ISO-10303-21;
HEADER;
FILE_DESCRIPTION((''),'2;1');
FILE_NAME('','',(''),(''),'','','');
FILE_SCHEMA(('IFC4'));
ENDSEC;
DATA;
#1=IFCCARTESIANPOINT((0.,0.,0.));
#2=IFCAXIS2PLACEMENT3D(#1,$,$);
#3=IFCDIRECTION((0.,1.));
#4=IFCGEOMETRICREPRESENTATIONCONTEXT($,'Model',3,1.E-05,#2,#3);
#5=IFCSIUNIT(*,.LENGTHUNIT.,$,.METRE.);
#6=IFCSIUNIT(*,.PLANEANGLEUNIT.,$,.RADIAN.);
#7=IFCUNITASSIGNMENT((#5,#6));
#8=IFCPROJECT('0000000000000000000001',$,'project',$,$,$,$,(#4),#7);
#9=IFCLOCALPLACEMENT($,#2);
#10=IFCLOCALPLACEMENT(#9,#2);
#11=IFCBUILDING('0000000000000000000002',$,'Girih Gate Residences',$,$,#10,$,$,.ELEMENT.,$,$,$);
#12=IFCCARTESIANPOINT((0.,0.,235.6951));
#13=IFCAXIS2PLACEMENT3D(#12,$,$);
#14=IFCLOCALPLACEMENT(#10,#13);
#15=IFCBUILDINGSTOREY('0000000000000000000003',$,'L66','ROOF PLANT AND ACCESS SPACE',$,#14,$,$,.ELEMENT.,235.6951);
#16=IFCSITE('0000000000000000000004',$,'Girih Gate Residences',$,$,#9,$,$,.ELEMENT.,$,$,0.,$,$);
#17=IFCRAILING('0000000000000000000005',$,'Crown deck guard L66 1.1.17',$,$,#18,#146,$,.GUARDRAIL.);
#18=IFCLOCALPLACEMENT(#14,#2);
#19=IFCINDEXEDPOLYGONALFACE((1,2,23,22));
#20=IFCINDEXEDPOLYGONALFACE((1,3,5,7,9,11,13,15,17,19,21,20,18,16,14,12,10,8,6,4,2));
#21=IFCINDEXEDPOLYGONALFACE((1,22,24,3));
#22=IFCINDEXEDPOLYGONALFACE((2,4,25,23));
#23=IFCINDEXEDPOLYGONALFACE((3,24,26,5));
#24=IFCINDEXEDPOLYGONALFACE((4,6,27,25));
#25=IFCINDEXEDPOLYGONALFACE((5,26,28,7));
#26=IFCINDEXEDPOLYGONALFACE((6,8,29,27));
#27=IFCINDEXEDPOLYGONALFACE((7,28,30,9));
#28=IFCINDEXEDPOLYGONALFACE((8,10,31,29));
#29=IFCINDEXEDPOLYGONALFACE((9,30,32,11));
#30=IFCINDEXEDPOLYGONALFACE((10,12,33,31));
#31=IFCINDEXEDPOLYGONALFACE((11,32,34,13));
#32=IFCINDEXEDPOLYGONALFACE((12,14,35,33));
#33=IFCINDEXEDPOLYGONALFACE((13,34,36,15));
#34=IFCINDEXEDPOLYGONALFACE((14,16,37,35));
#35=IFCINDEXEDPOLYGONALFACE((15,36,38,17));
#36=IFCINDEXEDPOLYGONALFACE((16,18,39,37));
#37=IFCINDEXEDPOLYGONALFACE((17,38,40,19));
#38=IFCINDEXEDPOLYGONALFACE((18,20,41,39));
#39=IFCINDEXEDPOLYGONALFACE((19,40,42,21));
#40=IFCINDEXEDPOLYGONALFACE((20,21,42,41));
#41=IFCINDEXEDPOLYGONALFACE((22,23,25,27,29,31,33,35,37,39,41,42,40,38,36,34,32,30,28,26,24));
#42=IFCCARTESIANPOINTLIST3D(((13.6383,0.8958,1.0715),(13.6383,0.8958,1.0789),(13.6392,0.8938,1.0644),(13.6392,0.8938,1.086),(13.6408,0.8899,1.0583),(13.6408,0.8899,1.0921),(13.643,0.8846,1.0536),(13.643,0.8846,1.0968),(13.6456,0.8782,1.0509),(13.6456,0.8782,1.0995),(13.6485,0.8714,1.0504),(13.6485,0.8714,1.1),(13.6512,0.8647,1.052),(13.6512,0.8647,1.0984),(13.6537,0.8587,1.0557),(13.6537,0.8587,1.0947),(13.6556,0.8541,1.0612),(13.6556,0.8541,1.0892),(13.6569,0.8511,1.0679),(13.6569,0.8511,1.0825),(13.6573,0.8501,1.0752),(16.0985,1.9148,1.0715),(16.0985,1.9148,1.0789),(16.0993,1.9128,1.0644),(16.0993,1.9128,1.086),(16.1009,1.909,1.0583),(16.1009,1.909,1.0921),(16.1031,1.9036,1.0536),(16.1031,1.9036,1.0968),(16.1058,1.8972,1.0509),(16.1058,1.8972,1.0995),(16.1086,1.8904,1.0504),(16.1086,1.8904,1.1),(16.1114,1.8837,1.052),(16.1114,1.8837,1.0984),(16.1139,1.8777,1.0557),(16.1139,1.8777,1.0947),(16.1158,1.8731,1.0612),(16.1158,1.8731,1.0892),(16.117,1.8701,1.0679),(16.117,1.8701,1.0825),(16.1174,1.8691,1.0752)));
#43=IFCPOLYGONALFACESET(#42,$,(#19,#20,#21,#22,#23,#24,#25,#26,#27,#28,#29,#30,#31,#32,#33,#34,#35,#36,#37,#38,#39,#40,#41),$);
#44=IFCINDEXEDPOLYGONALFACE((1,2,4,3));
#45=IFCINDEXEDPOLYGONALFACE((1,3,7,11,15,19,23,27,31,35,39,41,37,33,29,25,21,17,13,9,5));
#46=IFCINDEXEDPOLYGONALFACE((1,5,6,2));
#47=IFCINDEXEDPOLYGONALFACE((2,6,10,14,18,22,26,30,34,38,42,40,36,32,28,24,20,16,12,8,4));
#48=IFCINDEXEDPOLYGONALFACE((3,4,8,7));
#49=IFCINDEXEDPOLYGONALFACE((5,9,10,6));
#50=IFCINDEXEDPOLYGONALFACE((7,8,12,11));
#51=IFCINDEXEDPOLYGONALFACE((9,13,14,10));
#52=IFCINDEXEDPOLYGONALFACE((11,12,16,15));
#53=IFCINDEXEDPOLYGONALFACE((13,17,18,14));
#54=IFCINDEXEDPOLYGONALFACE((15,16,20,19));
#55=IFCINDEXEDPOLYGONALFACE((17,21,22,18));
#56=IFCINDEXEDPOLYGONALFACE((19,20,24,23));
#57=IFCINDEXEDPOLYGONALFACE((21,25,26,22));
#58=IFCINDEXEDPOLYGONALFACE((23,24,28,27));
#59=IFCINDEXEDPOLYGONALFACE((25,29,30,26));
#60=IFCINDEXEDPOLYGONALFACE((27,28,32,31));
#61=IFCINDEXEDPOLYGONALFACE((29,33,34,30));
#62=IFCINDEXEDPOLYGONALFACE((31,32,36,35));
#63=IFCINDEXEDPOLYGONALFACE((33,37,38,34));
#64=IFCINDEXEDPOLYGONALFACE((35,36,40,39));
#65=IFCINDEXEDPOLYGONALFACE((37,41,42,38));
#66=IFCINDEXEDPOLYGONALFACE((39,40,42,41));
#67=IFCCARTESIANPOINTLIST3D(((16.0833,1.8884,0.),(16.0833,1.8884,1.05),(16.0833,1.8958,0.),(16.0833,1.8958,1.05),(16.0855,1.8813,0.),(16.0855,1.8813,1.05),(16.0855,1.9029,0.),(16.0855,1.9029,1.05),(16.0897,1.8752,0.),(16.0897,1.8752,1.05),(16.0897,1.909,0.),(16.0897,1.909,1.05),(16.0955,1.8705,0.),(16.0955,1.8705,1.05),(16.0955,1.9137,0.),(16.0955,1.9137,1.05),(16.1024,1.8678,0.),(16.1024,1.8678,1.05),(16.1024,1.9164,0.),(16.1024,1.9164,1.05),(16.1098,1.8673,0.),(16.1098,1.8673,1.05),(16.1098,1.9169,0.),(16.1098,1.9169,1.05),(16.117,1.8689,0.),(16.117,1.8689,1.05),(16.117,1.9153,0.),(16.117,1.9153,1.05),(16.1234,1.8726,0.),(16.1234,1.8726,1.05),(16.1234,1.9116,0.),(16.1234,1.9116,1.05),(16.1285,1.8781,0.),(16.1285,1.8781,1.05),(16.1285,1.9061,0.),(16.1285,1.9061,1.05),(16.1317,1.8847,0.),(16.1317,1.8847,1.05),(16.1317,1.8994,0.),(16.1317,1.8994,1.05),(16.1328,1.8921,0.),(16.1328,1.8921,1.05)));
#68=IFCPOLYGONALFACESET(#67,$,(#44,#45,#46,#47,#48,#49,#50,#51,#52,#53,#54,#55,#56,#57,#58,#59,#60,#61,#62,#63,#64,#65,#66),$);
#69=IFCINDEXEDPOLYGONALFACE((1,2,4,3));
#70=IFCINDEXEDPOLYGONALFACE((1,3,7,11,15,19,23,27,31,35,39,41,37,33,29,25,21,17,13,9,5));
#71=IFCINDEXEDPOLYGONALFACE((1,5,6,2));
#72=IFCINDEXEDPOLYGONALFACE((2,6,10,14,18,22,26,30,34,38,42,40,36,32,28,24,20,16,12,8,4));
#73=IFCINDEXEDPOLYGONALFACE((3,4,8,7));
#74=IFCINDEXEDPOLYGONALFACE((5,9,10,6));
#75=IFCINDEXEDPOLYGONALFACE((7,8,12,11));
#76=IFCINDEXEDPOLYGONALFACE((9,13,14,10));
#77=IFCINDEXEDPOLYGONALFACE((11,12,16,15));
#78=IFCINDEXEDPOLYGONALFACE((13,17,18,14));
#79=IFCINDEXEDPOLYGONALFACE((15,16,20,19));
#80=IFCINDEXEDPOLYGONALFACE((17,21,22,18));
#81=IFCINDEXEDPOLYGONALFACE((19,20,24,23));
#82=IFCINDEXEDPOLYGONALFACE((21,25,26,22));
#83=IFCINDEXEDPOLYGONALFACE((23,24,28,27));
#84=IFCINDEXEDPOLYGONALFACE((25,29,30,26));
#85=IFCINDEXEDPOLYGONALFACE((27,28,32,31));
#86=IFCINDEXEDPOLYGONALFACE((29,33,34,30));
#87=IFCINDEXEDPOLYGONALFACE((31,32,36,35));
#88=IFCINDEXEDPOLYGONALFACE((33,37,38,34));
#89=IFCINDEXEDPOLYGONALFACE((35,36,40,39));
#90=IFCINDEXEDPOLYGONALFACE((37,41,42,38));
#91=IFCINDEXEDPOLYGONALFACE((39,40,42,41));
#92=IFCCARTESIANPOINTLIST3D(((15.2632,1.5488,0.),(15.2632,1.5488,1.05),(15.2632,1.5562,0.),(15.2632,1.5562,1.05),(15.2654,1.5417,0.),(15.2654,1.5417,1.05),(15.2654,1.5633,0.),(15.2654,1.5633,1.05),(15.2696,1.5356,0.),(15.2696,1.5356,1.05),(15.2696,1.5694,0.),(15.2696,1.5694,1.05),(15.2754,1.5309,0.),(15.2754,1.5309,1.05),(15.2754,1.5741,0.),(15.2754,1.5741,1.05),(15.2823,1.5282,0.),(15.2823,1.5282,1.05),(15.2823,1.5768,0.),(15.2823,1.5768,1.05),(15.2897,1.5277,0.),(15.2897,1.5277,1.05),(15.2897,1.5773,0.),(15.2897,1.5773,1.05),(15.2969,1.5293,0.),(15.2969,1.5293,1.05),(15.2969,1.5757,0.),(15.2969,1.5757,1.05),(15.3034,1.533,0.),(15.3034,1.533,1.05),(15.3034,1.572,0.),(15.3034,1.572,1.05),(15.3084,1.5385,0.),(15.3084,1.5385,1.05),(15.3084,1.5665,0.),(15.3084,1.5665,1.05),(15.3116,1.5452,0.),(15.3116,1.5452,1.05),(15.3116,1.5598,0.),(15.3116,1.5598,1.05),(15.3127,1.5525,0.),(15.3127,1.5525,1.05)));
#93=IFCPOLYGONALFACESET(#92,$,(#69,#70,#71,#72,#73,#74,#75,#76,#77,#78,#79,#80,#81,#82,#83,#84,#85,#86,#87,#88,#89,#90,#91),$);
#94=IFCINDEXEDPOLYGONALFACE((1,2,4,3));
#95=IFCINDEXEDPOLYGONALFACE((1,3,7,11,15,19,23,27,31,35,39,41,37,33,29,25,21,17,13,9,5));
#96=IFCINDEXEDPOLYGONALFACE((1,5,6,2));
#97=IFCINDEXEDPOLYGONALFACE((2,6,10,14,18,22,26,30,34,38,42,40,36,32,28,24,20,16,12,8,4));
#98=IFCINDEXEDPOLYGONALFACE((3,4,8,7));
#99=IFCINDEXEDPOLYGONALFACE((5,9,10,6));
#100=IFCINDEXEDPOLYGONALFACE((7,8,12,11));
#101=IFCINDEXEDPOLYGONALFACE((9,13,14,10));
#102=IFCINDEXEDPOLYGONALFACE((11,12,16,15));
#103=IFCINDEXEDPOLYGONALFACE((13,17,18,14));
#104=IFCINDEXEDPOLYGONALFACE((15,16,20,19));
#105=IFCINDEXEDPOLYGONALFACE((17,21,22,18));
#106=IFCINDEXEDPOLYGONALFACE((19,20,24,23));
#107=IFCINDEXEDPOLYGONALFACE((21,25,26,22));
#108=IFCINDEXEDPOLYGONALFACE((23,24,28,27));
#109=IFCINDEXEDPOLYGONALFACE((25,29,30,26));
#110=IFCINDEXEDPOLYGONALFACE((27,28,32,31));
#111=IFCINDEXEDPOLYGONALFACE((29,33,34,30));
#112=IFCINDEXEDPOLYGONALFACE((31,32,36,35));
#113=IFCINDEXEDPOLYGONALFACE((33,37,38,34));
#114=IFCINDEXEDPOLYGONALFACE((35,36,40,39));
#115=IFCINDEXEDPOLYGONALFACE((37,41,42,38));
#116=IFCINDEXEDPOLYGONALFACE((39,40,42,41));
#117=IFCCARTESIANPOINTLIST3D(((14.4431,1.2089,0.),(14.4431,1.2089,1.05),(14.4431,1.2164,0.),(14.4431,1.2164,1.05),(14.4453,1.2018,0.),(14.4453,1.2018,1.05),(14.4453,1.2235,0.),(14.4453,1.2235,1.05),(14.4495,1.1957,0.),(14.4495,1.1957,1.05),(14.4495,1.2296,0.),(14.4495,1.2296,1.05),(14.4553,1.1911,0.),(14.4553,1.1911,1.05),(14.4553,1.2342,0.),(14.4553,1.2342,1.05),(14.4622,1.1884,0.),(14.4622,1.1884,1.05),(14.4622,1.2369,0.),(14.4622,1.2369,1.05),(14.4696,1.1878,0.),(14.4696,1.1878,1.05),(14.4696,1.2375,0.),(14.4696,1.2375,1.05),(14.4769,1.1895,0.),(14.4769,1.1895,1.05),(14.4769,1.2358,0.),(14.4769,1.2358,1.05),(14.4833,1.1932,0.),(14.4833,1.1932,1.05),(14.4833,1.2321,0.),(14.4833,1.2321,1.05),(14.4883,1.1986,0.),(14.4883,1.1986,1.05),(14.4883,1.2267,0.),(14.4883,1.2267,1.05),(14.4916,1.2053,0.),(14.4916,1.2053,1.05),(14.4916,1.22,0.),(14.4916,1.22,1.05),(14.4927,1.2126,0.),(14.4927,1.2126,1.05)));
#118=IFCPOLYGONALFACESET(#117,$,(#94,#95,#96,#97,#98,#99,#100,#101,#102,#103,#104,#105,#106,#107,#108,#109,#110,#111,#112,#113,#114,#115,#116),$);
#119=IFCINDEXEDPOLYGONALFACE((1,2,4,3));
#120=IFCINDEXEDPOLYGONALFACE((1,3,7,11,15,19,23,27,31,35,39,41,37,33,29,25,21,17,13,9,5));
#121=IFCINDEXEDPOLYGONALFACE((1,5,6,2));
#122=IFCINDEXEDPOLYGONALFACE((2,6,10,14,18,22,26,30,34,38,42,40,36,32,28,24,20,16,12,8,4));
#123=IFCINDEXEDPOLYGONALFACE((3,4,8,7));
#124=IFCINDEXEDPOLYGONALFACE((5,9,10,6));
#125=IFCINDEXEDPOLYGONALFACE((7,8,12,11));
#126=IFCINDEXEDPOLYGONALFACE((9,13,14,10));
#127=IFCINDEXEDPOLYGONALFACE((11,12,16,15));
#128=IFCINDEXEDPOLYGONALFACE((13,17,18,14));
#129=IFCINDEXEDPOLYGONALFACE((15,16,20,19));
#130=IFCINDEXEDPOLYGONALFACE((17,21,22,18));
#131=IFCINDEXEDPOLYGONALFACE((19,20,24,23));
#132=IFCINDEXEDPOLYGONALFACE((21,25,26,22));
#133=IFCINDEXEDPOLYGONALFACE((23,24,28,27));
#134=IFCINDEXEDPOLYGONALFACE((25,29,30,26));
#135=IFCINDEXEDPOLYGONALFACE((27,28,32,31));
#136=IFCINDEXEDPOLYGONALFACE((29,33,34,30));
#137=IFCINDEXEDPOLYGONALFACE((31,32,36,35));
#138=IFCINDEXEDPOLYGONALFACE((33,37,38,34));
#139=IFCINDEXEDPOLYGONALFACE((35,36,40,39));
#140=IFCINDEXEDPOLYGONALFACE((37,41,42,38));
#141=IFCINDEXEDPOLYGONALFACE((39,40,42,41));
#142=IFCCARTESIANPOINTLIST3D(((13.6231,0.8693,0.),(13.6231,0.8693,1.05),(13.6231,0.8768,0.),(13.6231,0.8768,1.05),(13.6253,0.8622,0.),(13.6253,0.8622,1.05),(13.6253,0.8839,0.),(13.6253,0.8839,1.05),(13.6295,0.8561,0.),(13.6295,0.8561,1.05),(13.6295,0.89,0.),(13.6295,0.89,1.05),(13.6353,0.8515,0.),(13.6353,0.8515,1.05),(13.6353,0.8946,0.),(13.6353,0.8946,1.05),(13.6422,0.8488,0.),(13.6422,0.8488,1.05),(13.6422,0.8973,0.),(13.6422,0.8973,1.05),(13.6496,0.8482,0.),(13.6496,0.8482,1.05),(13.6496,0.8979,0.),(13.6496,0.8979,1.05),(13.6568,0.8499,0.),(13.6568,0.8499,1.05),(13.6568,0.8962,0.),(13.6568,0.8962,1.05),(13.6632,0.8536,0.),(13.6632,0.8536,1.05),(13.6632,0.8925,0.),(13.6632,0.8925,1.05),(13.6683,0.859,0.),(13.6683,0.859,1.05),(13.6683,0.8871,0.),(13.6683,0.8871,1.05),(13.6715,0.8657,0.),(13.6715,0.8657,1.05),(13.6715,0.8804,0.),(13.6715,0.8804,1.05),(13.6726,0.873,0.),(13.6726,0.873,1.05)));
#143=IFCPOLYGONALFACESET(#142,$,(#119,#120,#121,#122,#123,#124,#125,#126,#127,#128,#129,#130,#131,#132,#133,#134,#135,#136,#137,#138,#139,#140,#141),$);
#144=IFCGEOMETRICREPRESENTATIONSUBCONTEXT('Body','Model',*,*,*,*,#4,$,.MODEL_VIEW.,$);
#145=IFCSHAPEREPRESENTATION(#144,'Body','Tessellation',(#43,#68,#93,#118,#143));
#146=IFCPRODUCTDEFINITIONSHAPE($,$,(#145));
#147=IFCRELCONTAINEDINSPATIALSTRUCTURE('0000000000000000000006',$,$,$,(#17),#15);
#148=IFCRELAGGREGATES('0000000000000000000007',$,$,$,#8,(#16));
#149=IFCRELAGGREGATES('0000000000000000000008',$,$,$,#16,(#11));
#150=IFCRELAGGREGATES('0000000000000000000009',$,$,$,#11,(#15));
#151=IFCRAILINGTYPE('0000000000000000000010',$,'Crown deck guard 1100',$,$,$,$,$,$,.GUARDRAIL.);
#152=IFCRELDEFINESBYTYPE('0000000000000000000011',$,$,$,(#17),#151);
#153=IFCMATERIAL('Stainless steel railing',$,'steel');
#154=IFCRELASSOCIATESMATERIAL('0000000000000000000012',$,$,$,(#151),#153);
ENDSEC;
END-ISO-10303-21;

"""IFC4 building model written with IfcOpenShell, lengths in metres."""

from ifc_helpers import new_model, si_unit, direction, frame, origin, origin_2d, place, context, subcontext, project, spatial, circle, extrude, material, type_object, element, save


model = new_model("IFC4")

# Units and contexts
model_context = context("Model", 3, precision=1e-05, world=origin(), true_north=direction((0.0, 1.0)))
body_context = subcontext(model_context, "Body", "Model", "MODEL_VIEW")
ifc_project = project(units=[si_unit("LENGTHUNIT", "METRE"), si_unit("PLANEANGLEUNIT", "RADIAN")], contexts=[model_context])

# Site, building, storey
site_placement = place(None, origin())
site = spatial("IfcSite", under=ifc_project, at=site_placement, Name="Girih Gate Residences", CompositionType="ELEMENT", RefElevation=0.0)
building_placement = place(site_placement, origin())
building = spatial("IfcBuilding", under=site, at=building_placement, Name="Girih Gate Residences", CompositionType="ELEMENT")
storey_placement = place(building_placement, frame((0.0, 0.0, 235.6951)))
storey = spatial("IfcBuildingStorey", under=building, at=storey_placement, Name="L66", Description="ROOF PLANT AND ACCESS SPACE", CompositionType="ELEMENT", Elevation=235.6951)

# Railing
ifc_material_1 = material(Name="Stainless steel railing", Category="steel")
railing_type = type_object("IfcRailingType", Name="Crown deck guard 1100", PredefinedType="GUARDRAIL", material=ifc_material_1)
railing_1_placement = place(storey_placement, frame((16.1079, 1.8921, 0.0)))
element("IfcRailing", 1, at=railing_1_placement, inside=storey, type_object=railing_type, Name="Crown deck guard L66 1.1.17", PredefinedType="GUARDRAIL", context=body_context, shape_type="SweptSolid", body=[
    extrude(circle(Radius=0.0249, at=origin_2d()), frame((0.0, 0.0, 1.0752), z_axis=(-0.923881, -0.382681, 0.0), x_axis=(0.382681, -0.923881, 0.0)), (0.0, 0.0, 1.0), 2.6628),
    extrude(circle(Radius=0.0249, at=origin_2d()), origin(), (0.0, 0.0, 1.0), 1.05),
    extrude(circle(Radius=0.0249, at=origin_2d()), frame((-0.8201, -0.3396, 0.0)), (0.0, 0.0, 1.0), 1.05),
    extrude(circle(Radius=0.0249, at=origin_2d()), frame((-1.6401, -0.6794, 0.0)), (0.0, 0.0, 1.0), 1.05),
    extrude(circle(Radius=0.0249, at=origin_2d()), frame((-2.4602, -1.019, 0.0)), (0.0, 0.0, 1.0), 1.05),
])

save(model, "model.ifc")
